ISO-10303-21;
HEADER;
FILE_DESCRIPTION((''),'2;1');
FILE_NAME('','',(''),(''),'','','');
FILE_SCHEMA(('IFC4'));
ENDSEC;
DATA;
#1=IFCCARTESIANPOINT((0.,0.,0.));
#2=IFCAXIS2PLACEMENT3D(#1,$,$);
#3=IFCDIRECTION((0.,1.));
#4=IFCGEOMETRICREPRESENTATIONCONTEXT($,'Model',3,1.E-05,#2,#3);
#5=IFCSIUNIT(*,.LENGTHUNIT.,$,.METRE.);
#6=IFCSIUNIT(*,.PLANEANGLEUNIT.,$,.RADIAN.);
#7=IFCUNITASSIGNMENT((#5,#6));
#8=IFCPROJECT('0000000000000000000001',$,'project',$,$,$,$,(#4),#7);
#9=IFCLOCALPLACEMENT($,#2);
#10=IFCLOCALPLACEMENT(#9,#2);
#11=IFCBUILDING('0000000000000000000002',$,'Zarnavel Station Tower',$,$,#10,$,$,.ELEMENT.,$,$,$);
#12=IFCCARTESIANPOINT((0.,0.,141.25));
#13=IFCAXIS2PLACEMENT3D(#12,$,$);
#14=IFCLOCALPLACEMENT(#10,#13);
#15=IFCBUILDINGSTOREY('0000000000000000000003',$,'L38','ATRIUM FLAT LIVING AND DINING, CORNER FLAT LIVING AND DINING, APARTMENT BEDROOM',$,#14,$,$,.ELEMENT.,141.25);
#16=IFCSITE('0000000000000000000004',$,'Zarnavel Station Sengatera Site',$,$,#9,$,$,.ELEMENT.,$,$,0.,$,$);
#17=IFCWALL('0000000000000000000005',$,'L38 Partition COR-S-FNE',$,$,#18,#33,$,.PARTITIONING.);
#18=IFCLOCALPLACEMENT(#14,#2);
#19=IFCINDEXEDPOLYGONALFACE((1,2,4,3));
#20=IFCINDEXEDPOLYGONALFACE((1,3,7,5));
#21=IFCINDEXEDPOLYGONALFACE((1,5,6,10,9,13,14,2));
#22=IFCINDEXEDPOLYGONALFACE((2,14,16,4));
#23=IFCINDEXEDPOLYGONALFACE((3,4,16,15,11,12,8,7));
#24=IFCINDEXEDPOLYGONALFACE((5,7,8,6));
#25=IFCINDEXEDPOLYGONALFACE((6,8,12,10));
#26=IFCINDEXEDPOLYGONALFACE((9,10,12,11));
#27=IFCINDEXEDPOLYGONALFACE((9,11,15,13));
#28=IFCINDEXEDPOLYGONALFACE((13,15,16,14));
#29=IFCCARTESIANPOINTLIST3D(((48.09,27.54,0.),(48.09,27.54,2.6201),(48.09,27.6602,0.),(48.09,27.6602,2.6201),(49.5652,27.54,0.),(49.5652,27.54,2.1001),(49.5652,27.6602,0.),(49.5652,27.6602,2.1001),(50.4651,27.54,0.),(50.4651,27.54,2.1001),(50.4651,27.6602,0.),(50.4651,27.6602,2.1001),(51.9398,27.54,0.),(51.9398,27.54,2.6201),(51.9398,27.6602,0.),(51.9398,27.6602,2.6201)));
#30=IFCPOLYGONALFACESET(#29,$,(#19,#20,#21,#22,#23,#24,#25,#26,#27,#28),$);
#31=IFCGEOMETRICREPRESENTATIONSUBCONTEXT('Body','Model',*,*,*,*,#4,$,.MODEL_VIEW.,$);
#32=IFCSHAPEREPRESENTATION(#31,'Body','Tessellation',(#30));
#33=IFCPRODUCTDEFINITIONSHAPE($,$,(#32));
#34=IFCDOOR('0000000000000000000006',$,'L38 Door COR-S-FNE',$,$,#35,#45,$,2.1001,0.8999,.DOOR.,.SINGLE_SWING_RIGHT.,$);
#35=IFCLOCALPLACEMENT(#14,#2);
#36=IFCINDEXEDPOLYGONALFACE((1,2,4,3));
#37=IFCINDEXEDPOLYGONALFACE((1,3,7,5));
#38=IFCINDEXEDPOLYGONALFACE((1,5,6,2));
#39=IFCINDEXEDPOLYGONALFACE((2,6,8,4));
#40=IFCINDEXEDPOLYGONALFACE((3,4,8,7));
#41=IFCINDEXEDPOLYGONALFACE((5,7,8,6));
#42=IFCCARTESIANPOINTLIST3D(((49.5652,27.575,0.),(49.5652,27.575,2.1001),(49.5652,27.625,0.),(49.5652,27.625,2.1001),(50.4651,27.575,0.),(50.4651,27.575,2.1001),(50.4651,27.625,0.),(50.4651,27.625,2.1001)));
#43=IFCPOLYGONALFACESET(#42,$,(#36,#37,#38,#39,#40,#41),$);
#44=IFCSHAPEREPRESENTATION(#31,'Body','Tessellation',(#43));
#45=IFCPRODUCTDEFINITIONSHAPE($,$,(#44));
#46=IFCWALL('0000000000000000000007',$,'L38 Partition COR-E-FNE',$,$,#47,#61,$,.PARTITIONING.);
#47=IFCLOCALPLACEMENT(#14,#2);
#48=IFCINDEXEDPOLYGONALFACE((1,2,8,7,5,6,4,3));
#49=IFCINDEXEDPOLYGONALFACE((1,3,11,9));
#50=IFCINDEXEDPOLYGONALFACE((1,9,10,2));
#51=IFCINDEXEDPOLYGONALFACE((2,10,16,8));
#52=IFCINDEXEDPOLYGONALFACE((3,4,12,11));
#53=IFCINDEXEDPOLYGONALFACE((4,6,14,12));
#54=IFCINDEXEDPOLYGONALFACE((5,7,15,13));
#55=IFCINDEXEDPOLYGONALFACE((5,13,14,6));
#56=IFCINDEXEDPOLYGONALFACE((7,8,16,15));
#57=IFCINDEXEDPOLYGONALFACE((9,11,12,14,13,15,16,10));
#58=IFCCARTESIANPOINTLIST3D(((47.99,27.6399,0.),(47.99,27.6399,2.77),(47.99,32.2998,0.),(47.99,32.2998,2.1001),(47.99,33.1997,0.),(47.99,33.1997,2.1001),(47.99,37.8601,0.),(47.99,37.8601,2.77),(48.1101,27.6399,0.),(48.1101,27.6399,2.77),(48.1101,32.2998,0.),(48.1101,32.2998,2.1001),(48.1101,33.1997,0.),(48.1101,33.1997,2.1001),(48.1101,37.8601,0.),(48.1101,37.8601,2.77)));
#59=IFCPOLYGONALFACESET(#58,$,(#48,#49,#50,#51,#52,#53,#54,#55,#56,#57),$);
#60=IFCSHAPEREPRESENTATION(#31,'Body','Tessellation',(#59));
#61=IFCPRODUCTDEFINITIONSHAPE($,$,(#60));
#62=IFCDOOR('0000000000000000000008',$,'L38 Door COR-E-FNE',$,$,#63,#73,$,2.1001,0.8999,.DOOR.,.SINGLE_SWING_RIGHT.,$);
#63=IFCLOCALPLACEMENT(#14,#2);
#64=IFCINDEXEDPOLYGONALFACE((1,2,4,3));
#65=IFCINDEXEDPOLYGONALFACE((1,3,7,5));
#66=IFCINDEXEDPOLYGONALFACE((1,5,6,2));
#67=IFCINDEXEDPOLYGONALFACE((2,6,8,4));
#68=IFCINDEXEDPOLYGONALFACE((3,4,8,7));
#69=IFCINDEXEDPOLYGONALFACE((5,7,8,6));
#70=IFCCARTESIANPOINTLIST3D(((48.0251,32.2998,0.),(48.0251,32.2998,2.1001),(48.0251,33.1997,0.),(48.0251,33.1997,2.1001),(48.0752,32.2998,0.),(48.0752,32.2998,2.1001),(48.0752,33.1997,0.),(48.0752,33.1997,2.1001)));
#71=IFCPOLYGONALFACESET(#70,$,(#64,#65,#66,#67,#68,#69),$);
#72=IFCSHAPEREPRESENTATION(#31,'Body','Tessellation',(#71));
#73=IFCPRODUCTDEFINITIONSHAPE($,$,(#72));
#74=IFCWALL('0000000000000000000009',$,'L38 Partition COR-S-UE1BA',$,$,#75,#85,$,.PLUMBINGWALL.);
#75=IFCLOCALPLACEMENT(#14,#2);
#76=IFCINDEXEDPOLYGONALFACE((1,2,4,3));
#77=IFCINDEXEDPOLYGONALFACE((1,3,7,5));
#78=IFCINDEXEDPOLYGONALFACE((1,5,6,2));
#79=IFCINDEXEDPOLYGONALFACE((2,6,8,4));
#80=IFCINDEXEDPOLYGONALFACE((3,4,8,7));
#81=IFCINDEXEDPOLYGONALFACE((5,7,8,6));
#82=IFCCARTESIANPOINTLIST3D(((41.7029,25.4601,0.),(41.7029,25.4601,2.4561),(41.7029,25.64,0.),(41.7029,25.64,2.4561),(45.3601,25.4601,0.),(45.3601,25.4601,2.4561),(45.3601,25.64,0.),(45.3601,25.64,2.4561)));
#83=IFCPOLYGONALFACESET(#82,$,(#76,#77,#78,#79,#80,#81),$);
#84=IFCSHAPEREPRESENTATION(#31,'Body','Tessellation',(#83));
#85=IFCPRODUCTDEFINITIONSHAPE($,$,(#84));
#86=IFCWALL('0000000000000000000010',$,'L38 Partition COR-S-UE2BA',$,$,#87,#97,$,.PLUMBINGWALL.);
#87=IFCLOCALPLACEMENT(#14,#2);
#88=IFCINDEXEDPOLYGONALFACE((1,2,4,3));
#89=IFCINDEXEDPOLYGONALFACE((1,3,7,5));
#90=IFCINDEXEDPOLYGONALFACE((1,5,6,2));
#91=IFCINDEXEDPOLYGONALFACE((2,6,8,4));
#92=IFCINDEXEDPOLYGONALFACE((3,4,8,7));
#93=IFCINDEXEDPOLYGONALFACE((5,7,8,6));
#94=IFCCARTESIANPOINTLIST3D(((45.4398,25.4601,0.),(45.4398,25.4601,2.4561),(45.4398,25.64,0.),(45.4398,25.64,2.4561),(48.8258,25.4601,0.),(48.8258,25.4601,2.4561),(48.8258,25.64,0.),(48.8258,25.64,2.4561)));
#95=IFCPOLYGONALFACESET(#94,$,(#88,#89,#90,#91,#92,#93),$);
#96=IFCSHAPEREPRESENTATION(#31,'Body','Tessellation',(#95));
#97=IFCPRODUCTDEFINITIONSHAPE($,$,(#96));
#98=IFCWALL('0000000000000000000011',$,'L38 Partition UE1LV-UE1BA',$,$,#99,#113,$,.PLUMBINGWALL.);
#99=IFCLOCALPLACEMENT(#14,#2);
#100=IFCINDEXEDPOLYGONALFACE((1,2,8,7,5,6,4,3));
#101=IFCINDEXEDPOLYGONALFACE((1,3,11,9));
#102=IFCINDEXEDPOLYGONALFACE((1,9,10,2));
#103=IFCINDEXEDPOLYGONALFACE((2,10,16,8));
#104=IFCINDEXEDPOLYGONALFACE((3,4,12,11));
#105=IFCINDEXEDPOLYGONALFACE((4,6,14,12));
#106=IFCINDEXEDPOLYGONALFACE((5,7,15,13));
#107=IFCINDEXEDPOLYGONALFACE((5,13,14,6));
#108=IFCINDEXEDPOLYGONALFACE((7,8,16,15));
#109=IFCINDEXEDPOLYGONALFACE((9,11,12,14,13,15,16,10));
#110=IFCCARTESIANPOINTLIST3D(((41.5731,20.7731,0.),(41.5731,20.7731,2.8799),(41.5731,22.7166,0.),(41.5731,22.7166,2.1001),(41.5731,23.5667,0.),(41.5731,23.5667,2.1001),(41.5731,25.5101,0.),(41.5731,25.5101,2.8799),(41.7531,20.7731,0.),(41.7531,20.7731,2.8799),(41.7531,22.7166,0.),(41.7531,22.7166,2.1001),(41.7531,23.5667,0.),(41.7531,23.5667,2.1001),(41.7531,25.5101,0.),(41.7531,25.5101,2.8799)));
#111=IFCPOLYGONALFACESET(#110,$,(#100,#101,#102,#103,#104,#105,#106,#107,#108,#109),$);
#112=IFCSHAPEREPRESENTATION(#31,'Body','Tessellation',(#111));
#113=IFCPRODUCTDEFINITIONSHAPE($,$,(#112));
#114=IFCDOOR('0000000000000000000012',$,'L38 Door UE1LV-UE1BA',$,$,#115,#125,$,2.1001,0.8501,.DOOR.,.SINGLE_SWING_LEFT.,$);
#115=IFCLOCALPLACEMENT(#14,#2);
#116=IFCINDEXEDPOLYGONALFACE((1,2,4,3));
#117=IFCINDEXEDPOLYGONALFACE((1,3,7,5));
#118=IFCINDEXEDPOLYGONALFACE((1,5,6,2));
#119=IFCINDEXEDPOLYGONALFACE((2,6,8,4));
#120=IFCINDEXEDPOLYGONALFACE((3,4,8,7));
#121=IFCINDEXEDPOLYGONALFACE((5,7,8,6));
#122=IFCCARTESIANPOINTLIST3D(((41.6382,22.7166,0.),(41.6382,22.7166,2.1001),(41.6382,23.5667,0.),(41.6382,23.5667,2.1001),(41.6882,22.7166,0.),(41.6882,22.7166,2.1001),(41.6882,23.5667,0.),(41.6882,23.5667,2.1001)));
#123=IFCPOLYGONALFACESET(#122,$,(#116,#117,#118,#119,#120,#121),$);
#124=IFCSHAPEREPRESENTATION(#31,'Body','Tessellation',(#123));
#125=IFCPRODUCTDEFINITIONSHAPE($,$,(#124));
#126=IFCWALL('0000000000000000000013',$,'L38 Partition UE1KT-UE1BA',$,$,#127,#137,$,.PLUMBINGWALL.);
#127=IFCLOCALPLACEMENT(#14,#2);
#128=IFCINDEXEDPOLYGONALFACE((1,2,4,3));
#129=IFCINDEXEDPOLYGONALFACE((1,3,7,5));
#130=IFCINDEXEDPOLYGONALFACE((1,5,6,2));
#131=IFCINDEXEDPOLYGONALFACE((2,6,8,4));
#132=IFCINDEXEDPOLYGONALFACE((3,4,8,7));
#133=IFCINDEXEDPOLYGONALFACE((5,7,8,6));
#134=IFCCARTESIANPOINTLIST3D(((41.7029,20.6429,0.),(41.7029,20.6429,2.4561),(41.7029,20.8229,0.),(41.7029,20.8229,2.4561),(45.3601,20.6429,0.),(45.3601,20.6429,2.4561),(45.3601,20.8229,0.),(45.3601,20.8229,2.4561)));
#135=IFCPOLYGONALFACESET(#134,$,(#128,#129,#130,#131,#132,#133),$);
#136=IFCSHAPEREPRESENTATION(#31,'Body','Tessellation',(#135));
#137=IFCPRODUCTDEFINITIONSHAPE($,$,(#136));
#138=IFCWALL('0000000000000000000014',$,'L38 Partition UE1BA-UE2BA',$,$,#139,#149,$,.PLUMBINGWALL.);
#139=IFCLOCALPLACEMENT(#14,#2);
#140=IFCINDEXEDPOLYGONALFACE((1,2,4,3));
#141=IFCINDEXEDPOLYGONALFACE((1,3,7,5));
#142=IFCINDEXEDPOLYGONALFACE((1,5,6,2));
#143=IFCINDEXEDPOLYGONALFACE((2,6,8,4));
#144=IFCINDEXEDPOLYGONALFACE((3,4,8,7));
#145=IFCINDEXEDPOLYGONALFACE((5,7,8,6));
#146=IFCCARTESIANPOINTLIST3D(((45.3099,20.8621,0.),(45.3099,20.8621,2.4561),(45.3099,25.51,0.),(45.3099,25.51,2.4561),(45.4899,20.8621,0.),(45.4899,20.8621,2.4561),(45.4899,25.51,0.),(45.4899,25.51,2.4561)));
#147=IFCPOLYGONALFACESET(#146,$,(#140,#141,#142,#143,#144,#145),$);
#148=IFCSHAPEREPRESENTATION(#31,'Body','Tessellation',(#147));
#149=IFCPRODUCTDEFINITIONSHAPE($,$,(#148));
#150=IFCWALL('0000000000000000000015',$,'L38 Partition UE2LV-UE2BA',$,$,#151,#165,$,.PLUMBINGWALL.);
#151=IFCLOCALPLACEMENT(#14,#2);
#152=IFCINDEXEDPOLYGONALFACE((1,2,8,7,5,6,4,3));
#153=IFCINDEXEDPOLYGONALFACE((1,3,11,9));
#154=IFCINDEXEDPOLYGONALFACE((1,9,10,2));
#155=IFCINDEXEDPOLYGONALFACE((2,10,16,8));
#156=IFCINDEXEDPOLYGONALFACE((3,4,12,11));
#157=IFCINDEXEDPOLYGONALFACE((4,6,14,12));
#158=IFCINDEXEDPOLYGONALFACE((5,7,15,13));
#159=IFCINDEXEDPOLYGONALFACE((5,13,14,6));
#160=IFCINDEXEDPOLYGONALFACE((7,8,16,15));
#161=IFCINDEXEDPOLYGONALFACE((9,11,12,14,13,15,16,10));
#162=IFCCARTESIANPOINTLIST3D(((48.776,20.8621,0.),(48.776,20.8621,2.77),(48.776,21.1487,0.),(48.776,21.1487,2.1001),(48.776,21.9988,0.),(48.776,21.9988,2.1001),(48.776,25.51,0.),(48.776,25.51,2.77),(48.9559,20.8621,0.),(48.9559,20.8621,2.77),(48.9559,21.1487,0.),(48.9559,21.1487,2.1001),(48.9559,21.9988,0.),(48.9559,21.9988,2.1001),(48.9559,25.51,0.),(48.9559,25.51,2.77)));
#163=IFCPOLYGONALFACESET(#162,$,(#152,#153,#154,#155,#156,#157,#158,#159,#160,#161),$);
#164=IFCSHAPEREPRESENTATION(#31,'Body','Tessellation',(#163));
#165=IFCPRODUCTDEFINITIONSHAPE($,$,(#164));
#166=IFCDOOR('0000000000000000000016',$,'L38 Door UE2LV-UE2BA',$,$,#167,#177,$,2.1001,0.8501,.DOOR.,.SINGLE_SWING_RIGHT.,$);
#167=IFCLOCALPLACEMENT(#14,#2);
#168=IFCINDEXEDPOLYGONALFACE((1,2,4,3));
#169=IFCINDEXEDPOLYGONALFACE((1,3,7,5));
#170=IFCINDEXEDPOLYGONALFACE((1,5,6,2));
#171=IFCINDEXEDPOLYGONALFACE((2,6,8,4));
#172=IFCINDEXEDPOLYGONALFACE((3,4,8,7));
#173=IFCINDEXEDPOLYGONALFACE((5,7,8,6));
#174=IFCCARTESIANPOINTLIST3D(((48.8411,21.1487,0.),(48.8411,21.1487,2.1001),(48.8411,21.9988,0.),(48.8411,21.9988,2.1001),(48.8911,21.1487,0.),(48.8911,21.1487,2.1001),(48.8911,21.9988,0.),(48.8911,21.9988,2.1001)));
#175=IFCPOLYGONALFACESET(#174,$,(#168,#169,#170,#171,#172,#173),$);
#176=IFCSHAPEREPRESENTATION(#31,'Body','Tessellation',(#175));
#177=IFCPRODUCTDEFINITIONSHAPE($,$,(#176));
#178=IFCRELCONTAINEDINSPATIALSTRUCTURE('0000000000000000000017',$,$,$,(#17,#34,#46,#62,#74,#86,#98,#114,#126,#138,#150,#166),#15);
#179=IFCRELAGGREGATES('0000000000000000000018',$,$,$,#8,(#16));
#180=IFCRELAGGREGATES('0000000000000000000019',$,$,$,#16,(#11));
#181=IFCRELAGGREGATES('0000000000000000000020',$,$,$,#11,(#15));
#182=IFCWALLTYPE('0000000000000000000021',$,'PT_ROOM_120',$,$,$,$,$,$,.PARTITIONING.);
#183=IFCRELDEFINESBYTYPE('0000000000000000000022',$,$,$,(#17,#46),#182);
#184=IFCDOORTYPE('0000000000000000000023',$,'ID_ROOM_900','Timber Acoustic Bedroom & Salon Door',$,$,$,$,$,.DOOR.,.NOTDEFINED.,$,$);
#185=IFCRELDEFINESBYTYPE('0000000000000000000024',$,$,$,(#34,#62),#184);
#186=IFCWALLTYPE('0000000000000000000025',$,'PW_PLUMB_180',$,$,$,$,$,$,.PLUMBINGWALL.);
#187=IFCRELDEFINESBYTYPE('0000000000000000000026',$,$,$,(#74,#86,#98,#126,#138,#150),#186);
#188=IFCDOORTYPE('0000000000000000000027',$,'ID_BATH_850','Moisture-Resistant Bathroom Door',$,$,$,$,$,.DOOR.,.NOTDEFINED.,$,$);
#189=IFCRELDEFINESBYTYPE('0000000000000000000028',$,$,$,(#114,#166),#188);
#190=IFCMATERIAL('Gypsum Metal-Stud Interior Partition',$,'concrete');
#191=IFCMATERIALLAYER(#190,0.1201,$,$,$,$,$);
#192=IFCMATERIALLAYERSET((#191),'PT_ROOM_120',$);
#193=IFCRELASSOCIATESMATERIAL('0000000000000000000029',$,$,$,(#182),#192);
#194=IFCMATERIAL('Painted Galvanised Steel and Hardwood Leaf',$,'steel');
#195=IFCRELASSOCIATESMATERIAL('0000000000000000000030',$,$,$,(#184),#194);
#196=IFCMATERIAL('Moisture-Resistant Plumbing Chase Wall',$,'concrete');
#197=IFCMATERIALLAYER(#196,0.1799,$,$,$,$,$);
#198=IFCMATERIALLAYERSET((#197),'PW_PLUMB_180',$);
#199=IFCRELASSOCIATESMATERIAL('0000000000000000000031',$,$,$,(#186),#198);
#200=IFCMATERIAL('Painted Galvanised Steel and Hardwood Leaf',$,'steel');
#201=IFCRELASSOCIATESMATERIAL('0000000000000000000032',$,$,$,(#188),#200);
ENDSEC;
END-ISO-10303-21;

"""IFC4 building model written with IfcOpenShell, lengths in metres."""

from ifc_helpers import new_model, si_unit, direction, frame, frame_2d, origin, place, context, subcontext, project, spatial, rectangle, extrude, material, layer, layer_set, type_object, element, fill, save


model = new_model("IFC4")

# Units and contexts
model_context = context("Model", 3, precision=1e-05, world=origin(), true_north=direction((0.0, 1.0)))
body_context = subcontext(model_context, "Body", "Model", "MODEL_VIEW")
ifc_project = project(units=[si_unit("LENGTHUNIT", "METRE"), si_unit("PLANEANGLEUNIT", "RADIAN")], contexts=[model_context])

# Site, building, storey
site_placement = place(None, origin())
site = spatial("IfcSite", under=ifc_project, at=site_placement, Name="Zarnavel Station Sengatera Site", CompositionType="ELEMENT", RefElevation=0.0)
building_placement = place(site_placement, origin())
building = spatial("IfcBuilding", under=site, at=building_placement, Name="Zarnavel Station Tower", CompositionType="ELEMENT")
storey_placement = place(building_placement, frame((0.0, 0.0, 141.25)))
storey = spatial("IfcBuildingStorey", under=building, at=storey_placement, Name="L38", Description="ATRIUM FLAT LIVING AND DINING, CORNER FLAT LIVING AND DINING, APARTMENT BEDROOM", CompositionType="ELEMENT", Elevation=141.25)

# Walls, openings, doors
ifc_material_1 = material(Name="Gypsum Metal-Stud Interior Partition", Category="concrete")
ifc_layer_1 = layer(ifc_material_1, 0.1201)
ifc_layer_set_1 = layer_set([ifc_layer_1], Name="PT_ROOM_120")
wall_type_1 = type_object("IfcWallType", Name="PT_ROOM_120", PredefinedType="PARTITIONING", material=ifc_layer_set_1)
wall_1_placement = place(storey_placement, frame((48.0901, 27.6001, 0.0), z_axis=(0.0, 0.0, 1.0), x_axis=(1.0, 0.0, 0.0)))
wall_1 = element("IfcWall", 1, at=wall_1_placement, inside=storey, type_object=wall_type_1, Name="L38 Partition COR-S-FNE", PredefinedType="PARTITIONING", context=body_context, shape_type="SweptSolid", body=[
    extrude(rectangle(XDim=3.8499, YDim=0.1201, at=frame_2d((1.9248, 0.0))), origin(), (0.0, 0.0, 1.0), 2.6201),
])
opening_1_placement = place(wall_1_placement, frame((1.4751, 0.0, 0.0)))
opening_1 = element("IfcOpeningElement", 2, at=opening_1_placement, cuts=wall_1, PredefinedType="OPENING", context=body_context, shape_type="SweptSolid", body=[
    extrude(rectangle(XDim=0.8999, YDim=2.1001, at=frame_2d((0.45, 1.05))), frame((0.0, 0.0701, 0.0), z_axis=(0.0, -1.0, 0.0), x_axis=(1.0, 0.0, 0.0)), (0.0, 0.0, 1.0), 0.1401),
])
ifc_material_2 = material(Name="Painted Galvanised Steel and Hardwood Leaf", Category="steel")
door_type_1 = type_object("IfcDoorType", Name="ID_ROOM_900", Description="Timber Acoustic Bedroom & Salon Door", OperationType="NOTDEFINED", PredefinedType="DOOR", material=ifc_material_2)
door_1_placement = place(opening_1_placement, origin())
door_1 = element("IfcDoor", 3, at=door_1_placement, inside=storey, type_object=door_type_1, Name="L38 Door COR-S-FNE", OperationType="SINGLE_SWING_RIGHT", OverallHeight=2.1001, OverallWidth=0.8999, PredefinedType="DOOR", context=body_context, shape_type="SweptSolid", body=[
    extrude(rectangle(XDim=0.8999, YDim=2.1001, at=frame_2d((0.45, 1.05))), frame((0.0, 0.0249, 0.0), z_axis=(0.0, -1.0, 0.0), x_axis=(1.0, 0.0, 0.0)), (0.0, 0.0, 1.0), 0.05),
])
fill(opening_1, door_1)
wall_2_placement = place(storey_placement, frame((48.05, 27.6399, 0.0), z_axis=(0.0, 0.0, 1.0), x_axis=(0.0, 1.0, 0.0)))
wall_2 = element("IfcWall", 4, at=wall_2_placement, inside=storey, type_object=wall_type_1, Name="L38 Partition COR-E-FNE", PredefinedType="PARTITIONING", context=body_context, shape_type="SweptSolid", body=[
    extrude(rectangle(XDim=10.2202, YDim=0.1201, at=frame_2d((5.1101, 0.0))), origin(), (0.0, 0.0, 1.0), 2.77),
])
opening_2_placement = place(wall_2_placement, frame((4.6599, 0.0, 0.0)))
opening_2 = element("IfcOpeningElement", 5, at=opening_2_placement, cuts=wall_2, PredefinedType="OPENING", context=body_context, shape_type="SweptSolid", body=[
    extrude(rectangle(XDim=0.8999, YDim=2.1001, at=frame_2d((0.45, 1.05))), frame((0.0, 0.0701, 0.0), z_axis=(0.0, -1.0, 0.0), x_axis=(1.0, 0.0, 0.0)), (0.0, 0.0, 1.0), 0.1401),
])
door_2_placement = place(opening_2_placement, origin())
door_2 = element("IfcDoor", 6, at=door_2_placement, inside=storey, type_object=door_type_1, Name="L38 Door COR-E-FNE", OperationType="SINGLE_SWING_RIGHT", OverallHeight=2.1001, OverallWidth=0.8999, PredefinedType="DOOR", context=body_context, shape_type="SweptSolid", body=[
    extrude(rectangle(XDim=0.8999, YDim=2.1001, at=frame_2d((0.45, 1.05))), frame((0.0, 0.0249, 0.0), z_axis=(0.0, -1.0, 0.0), x_axis=(1.0, 0.0, 0.0)), (0.0, 0.0, 1.0), 0.05),
])
fill(opening_2, door_2)

# Walls
ifc_material_3 = material(Name="Moisture-Resistant Plumbing Chase Wall", Category="concrete")
ifc_layer_2 = layer(ifc_material_3, 0.1799)
ifc_layer_set_2 = layer_set([ifc_layer_2], Name="PW_PLUMB_180")
wall_type_2 = type_object("IfcWallType", Name="PW_PLUMB_180", PredefinedType="PLUMBINGWALL", material=ifc_layer_set_2)
wall_3_placement = place(storey_placement, frame((41.7029, 25.55, 0.0), z_axis=(0.0, 0.0, 1.0), x_axis=(1.0, 0.0, 0.0)))
element("IfcWall", 7, at=wall_3_placement, inside=storey, type_object=wall_type_2, Name="L38 Partition COR-S-UE1BA", PredefinedType="PLUMBINGWALL", context=body_context, shape_type="SweptSolid", body=[
    extrude(rectangle(XDim=3.6572, YDim=0.1799, at=frame_2d((1.8286, 0.0))), origin(), (0.0, 0.0, 1.0), 2.4561),
])
wall_4_placement = place(storey_placement, frame((45.4399, 25.55, 0.0), z_axis=(0.0, 0.0, 1.0), x_axis=(1.0, 0.0, 0.0)))
element("IfcWall", 8, at=wall_4_placement, inside=storey, type_object=wall_type_2, Name="L38 Partition COR-S-UE2BA", PredefinedType="PLUMBINGWALL", context=body_context, shape_type="SweptSolid", body=[
    extrude(rectangle(XDim=3.386, YDim=0.1799, at=frame_2d((1.6929, 0.0))), origin(), (0.0, 0.0, 1.0), 2.4561),
])

# Wall, opening, door
wall_5_placement = place(storey_placement, frame((41.6631, 20.7729, 0.0), z_axis=(0.0, 0.0, 1.0), x_axis=(0.0, 1.0, 0.0)))
wall_5 = element("IfcWall", 9, at=wall_5_placement, inside=storey, type_object=wall_type_2, Name="L38 Partition UE1LV-UE1BA", PredefinedType="PLUMBINGWALL", context=body_context, shape_type="SweptSolid", body=[
    extrude(rectangle(XDim=4.7371, YDim=0.1799, at=frame_2d((2.3687, 0.0))), origin(), (0.0, 0.0, 1.0), 2.8799),
])
opening_3_placement = place(wall_5_placement, frame((1.9436, 0.0, 0.0)))
opening_3 = element("IfcOpeningElement", 10, at=opening_3_placement, cuts=wall_5, PredefinedType="OPENING", context=body_context, shape_type="SweptSolid", body=[
    extrude(rectangle(XDim=0.8501, YDim=2.1001, at=frame_2d((0.425, 1.05))), frame((0.0, 0.0999, 0.0), z_axis=(0.0, -1.0, 0.0), x_axis=(1.0, 0.0, 0.0)), (0.0, 0.0, 1.0), 0.2),
])
ifc_material_4 = material(Name="Painted Galvanised Steel and Hardwood Leaf", Category="steel")
door_type_2 = type_object("IfcDoorType", Name="ID_BATH_850", Description="Moisture-Resistant Bathroom Door", OperationType="NOTDEFINED", PredefinedType="DOOR", material=ifc_material_4)
door_3_placement = place(opening_3_placement, origin())
door_3 = element("IfcDoor", 11, at=door_3_placement, inside=storey, type_object=door_type_2, Name="L38 Door UE1LV-UE1BA", OperationType="SINGLE_SWING_LEFT", OverallHeight=2.1001, OverallWidth=0.8501, PredefinedType="DOOR", context=body_context, shape_type="SweptSolid", body=[
    extrude(rectangle(XDim=0.8501, YDim=2.1001, at=frame_2d((0.425, 1.05))), frame((0.0, 0.0249, 0.0), z_axis=(0.0, -1.0, 0.0), x_axis=(1.0, 0.0, 0.0)), (0.0, 0.0, 1.0), 0.05),
])
fill(opening_3, door_3)

# Walls
wall_6_placement = place(storey_placement, frame((41.7029, 20.7329, 0.0), z_axis=(0.0, 0.0, 1.0), x_axis=(1.0, 0.0, 0.0)))
element("IfcWall", 12, at=wall_6_placement, inside=storey, type_object=wall_type_2, Name="L38 Partition UE1KT-UE1BA", PredefinedType="PLUMBINGWALL", context=body_context, shape_type="SweptSolid", body=[
    extrude(rectangle(XDim=3.6572, YDim=0.1799, at=frame_2d((1.8286, 0.0))), origin(), (0.0, 0.0, 1.0), 2.4561),
])
wall_7_placement = place(storey_placement, frame((45.3999, 20.8621, 0.0), z_axis=(0.0, 0.0, 1.0), x_axis=(0.0, 1.0, 0.0)))
element("IfcWall", 13, at=wall_7_placement, inside=storey, type_object=wall_type_2, Name="L38 Partition UE1BA-UE2BA", PredefinedType="PLUMBINGWALL", context=body_context, shape_type="SweptSolid", body=[
    extrude(rectangle(XDim=4.6479, YDim=0.1799, at=frame_2d((2.324, 0.0))), origin(), (0.0, 0.0, 1.0), 2.4561),
])

# Wall, opening, door
wall_8_placement = place(storey_placement, frame((48.866, 20.8621, 0.0), z_axis=(0.0, 0.0, 1.0), x_axis=(0.0, 1.0, 0.0)))
wall_8 = element("IfcWall", 14, at=wall_8_placement, inside=storey, type_object=wall_type_2, Name="L38 Partition UE2LV-UE2BA", PredefinedType="PLUMBINGWALL", context=body_context, shape_type="SweptSolid", body=[
    extrude(rectangle(XDim=4.6479, YDim=0.1799, at=frame_2d((2.324, 0.0))), origin(), (0.0, 0.0, 1.0), 2.77),
])
opening_4_placement = place(wall_8_placement, frame((0.2866, 0.0, 0.0)))
opening_4 = element("IfcOpeningElement", 15, at=opening_4_placement, cuts=wall_8, PredefinedType="OPENING", context=body_context, shape_type="SweptSolid", body=[
    extrude(rectangle(XDim=0.8501, YDim=2.1001, at=frame_2d((0.425, 1.05))), frame((0.0, 0.0999, 0.0), z_axis=(0.0, -1.0, 0.0), x_axis=(1.0, 0.0, 0.0)), (0.0, 0.0, 1.0), 0.2),
])
door_4_placement = place(opening_4_placement, origin())
door_4 = element("IfcDoor", 16, at=door_4_placement, inside=storey, type_object=door_type_2, Name="L38 Door UE2LV-UE2BA", OperationType="SINGLE_SWING_RIGHT", OverallHeight=2.1001, OverallWidth=0.8501, PredefinedType="DOOR", context=body_context, shape_type="SweptSolid", body=[
    extrude(rectangle(XDim=0.8501, YDim=2.1001, at=frame_2d((0.425, 1.05))), frame((0.0, 0.0249, 0.0), z_axis=(0.0, -1.0, 0.0), x_axis=(1.0, 0.0, 0.0)), (0.0, 0.0, 1.0), 0.05),
])
fill(opening_4, door_4)

save(model, "model.ifc")
